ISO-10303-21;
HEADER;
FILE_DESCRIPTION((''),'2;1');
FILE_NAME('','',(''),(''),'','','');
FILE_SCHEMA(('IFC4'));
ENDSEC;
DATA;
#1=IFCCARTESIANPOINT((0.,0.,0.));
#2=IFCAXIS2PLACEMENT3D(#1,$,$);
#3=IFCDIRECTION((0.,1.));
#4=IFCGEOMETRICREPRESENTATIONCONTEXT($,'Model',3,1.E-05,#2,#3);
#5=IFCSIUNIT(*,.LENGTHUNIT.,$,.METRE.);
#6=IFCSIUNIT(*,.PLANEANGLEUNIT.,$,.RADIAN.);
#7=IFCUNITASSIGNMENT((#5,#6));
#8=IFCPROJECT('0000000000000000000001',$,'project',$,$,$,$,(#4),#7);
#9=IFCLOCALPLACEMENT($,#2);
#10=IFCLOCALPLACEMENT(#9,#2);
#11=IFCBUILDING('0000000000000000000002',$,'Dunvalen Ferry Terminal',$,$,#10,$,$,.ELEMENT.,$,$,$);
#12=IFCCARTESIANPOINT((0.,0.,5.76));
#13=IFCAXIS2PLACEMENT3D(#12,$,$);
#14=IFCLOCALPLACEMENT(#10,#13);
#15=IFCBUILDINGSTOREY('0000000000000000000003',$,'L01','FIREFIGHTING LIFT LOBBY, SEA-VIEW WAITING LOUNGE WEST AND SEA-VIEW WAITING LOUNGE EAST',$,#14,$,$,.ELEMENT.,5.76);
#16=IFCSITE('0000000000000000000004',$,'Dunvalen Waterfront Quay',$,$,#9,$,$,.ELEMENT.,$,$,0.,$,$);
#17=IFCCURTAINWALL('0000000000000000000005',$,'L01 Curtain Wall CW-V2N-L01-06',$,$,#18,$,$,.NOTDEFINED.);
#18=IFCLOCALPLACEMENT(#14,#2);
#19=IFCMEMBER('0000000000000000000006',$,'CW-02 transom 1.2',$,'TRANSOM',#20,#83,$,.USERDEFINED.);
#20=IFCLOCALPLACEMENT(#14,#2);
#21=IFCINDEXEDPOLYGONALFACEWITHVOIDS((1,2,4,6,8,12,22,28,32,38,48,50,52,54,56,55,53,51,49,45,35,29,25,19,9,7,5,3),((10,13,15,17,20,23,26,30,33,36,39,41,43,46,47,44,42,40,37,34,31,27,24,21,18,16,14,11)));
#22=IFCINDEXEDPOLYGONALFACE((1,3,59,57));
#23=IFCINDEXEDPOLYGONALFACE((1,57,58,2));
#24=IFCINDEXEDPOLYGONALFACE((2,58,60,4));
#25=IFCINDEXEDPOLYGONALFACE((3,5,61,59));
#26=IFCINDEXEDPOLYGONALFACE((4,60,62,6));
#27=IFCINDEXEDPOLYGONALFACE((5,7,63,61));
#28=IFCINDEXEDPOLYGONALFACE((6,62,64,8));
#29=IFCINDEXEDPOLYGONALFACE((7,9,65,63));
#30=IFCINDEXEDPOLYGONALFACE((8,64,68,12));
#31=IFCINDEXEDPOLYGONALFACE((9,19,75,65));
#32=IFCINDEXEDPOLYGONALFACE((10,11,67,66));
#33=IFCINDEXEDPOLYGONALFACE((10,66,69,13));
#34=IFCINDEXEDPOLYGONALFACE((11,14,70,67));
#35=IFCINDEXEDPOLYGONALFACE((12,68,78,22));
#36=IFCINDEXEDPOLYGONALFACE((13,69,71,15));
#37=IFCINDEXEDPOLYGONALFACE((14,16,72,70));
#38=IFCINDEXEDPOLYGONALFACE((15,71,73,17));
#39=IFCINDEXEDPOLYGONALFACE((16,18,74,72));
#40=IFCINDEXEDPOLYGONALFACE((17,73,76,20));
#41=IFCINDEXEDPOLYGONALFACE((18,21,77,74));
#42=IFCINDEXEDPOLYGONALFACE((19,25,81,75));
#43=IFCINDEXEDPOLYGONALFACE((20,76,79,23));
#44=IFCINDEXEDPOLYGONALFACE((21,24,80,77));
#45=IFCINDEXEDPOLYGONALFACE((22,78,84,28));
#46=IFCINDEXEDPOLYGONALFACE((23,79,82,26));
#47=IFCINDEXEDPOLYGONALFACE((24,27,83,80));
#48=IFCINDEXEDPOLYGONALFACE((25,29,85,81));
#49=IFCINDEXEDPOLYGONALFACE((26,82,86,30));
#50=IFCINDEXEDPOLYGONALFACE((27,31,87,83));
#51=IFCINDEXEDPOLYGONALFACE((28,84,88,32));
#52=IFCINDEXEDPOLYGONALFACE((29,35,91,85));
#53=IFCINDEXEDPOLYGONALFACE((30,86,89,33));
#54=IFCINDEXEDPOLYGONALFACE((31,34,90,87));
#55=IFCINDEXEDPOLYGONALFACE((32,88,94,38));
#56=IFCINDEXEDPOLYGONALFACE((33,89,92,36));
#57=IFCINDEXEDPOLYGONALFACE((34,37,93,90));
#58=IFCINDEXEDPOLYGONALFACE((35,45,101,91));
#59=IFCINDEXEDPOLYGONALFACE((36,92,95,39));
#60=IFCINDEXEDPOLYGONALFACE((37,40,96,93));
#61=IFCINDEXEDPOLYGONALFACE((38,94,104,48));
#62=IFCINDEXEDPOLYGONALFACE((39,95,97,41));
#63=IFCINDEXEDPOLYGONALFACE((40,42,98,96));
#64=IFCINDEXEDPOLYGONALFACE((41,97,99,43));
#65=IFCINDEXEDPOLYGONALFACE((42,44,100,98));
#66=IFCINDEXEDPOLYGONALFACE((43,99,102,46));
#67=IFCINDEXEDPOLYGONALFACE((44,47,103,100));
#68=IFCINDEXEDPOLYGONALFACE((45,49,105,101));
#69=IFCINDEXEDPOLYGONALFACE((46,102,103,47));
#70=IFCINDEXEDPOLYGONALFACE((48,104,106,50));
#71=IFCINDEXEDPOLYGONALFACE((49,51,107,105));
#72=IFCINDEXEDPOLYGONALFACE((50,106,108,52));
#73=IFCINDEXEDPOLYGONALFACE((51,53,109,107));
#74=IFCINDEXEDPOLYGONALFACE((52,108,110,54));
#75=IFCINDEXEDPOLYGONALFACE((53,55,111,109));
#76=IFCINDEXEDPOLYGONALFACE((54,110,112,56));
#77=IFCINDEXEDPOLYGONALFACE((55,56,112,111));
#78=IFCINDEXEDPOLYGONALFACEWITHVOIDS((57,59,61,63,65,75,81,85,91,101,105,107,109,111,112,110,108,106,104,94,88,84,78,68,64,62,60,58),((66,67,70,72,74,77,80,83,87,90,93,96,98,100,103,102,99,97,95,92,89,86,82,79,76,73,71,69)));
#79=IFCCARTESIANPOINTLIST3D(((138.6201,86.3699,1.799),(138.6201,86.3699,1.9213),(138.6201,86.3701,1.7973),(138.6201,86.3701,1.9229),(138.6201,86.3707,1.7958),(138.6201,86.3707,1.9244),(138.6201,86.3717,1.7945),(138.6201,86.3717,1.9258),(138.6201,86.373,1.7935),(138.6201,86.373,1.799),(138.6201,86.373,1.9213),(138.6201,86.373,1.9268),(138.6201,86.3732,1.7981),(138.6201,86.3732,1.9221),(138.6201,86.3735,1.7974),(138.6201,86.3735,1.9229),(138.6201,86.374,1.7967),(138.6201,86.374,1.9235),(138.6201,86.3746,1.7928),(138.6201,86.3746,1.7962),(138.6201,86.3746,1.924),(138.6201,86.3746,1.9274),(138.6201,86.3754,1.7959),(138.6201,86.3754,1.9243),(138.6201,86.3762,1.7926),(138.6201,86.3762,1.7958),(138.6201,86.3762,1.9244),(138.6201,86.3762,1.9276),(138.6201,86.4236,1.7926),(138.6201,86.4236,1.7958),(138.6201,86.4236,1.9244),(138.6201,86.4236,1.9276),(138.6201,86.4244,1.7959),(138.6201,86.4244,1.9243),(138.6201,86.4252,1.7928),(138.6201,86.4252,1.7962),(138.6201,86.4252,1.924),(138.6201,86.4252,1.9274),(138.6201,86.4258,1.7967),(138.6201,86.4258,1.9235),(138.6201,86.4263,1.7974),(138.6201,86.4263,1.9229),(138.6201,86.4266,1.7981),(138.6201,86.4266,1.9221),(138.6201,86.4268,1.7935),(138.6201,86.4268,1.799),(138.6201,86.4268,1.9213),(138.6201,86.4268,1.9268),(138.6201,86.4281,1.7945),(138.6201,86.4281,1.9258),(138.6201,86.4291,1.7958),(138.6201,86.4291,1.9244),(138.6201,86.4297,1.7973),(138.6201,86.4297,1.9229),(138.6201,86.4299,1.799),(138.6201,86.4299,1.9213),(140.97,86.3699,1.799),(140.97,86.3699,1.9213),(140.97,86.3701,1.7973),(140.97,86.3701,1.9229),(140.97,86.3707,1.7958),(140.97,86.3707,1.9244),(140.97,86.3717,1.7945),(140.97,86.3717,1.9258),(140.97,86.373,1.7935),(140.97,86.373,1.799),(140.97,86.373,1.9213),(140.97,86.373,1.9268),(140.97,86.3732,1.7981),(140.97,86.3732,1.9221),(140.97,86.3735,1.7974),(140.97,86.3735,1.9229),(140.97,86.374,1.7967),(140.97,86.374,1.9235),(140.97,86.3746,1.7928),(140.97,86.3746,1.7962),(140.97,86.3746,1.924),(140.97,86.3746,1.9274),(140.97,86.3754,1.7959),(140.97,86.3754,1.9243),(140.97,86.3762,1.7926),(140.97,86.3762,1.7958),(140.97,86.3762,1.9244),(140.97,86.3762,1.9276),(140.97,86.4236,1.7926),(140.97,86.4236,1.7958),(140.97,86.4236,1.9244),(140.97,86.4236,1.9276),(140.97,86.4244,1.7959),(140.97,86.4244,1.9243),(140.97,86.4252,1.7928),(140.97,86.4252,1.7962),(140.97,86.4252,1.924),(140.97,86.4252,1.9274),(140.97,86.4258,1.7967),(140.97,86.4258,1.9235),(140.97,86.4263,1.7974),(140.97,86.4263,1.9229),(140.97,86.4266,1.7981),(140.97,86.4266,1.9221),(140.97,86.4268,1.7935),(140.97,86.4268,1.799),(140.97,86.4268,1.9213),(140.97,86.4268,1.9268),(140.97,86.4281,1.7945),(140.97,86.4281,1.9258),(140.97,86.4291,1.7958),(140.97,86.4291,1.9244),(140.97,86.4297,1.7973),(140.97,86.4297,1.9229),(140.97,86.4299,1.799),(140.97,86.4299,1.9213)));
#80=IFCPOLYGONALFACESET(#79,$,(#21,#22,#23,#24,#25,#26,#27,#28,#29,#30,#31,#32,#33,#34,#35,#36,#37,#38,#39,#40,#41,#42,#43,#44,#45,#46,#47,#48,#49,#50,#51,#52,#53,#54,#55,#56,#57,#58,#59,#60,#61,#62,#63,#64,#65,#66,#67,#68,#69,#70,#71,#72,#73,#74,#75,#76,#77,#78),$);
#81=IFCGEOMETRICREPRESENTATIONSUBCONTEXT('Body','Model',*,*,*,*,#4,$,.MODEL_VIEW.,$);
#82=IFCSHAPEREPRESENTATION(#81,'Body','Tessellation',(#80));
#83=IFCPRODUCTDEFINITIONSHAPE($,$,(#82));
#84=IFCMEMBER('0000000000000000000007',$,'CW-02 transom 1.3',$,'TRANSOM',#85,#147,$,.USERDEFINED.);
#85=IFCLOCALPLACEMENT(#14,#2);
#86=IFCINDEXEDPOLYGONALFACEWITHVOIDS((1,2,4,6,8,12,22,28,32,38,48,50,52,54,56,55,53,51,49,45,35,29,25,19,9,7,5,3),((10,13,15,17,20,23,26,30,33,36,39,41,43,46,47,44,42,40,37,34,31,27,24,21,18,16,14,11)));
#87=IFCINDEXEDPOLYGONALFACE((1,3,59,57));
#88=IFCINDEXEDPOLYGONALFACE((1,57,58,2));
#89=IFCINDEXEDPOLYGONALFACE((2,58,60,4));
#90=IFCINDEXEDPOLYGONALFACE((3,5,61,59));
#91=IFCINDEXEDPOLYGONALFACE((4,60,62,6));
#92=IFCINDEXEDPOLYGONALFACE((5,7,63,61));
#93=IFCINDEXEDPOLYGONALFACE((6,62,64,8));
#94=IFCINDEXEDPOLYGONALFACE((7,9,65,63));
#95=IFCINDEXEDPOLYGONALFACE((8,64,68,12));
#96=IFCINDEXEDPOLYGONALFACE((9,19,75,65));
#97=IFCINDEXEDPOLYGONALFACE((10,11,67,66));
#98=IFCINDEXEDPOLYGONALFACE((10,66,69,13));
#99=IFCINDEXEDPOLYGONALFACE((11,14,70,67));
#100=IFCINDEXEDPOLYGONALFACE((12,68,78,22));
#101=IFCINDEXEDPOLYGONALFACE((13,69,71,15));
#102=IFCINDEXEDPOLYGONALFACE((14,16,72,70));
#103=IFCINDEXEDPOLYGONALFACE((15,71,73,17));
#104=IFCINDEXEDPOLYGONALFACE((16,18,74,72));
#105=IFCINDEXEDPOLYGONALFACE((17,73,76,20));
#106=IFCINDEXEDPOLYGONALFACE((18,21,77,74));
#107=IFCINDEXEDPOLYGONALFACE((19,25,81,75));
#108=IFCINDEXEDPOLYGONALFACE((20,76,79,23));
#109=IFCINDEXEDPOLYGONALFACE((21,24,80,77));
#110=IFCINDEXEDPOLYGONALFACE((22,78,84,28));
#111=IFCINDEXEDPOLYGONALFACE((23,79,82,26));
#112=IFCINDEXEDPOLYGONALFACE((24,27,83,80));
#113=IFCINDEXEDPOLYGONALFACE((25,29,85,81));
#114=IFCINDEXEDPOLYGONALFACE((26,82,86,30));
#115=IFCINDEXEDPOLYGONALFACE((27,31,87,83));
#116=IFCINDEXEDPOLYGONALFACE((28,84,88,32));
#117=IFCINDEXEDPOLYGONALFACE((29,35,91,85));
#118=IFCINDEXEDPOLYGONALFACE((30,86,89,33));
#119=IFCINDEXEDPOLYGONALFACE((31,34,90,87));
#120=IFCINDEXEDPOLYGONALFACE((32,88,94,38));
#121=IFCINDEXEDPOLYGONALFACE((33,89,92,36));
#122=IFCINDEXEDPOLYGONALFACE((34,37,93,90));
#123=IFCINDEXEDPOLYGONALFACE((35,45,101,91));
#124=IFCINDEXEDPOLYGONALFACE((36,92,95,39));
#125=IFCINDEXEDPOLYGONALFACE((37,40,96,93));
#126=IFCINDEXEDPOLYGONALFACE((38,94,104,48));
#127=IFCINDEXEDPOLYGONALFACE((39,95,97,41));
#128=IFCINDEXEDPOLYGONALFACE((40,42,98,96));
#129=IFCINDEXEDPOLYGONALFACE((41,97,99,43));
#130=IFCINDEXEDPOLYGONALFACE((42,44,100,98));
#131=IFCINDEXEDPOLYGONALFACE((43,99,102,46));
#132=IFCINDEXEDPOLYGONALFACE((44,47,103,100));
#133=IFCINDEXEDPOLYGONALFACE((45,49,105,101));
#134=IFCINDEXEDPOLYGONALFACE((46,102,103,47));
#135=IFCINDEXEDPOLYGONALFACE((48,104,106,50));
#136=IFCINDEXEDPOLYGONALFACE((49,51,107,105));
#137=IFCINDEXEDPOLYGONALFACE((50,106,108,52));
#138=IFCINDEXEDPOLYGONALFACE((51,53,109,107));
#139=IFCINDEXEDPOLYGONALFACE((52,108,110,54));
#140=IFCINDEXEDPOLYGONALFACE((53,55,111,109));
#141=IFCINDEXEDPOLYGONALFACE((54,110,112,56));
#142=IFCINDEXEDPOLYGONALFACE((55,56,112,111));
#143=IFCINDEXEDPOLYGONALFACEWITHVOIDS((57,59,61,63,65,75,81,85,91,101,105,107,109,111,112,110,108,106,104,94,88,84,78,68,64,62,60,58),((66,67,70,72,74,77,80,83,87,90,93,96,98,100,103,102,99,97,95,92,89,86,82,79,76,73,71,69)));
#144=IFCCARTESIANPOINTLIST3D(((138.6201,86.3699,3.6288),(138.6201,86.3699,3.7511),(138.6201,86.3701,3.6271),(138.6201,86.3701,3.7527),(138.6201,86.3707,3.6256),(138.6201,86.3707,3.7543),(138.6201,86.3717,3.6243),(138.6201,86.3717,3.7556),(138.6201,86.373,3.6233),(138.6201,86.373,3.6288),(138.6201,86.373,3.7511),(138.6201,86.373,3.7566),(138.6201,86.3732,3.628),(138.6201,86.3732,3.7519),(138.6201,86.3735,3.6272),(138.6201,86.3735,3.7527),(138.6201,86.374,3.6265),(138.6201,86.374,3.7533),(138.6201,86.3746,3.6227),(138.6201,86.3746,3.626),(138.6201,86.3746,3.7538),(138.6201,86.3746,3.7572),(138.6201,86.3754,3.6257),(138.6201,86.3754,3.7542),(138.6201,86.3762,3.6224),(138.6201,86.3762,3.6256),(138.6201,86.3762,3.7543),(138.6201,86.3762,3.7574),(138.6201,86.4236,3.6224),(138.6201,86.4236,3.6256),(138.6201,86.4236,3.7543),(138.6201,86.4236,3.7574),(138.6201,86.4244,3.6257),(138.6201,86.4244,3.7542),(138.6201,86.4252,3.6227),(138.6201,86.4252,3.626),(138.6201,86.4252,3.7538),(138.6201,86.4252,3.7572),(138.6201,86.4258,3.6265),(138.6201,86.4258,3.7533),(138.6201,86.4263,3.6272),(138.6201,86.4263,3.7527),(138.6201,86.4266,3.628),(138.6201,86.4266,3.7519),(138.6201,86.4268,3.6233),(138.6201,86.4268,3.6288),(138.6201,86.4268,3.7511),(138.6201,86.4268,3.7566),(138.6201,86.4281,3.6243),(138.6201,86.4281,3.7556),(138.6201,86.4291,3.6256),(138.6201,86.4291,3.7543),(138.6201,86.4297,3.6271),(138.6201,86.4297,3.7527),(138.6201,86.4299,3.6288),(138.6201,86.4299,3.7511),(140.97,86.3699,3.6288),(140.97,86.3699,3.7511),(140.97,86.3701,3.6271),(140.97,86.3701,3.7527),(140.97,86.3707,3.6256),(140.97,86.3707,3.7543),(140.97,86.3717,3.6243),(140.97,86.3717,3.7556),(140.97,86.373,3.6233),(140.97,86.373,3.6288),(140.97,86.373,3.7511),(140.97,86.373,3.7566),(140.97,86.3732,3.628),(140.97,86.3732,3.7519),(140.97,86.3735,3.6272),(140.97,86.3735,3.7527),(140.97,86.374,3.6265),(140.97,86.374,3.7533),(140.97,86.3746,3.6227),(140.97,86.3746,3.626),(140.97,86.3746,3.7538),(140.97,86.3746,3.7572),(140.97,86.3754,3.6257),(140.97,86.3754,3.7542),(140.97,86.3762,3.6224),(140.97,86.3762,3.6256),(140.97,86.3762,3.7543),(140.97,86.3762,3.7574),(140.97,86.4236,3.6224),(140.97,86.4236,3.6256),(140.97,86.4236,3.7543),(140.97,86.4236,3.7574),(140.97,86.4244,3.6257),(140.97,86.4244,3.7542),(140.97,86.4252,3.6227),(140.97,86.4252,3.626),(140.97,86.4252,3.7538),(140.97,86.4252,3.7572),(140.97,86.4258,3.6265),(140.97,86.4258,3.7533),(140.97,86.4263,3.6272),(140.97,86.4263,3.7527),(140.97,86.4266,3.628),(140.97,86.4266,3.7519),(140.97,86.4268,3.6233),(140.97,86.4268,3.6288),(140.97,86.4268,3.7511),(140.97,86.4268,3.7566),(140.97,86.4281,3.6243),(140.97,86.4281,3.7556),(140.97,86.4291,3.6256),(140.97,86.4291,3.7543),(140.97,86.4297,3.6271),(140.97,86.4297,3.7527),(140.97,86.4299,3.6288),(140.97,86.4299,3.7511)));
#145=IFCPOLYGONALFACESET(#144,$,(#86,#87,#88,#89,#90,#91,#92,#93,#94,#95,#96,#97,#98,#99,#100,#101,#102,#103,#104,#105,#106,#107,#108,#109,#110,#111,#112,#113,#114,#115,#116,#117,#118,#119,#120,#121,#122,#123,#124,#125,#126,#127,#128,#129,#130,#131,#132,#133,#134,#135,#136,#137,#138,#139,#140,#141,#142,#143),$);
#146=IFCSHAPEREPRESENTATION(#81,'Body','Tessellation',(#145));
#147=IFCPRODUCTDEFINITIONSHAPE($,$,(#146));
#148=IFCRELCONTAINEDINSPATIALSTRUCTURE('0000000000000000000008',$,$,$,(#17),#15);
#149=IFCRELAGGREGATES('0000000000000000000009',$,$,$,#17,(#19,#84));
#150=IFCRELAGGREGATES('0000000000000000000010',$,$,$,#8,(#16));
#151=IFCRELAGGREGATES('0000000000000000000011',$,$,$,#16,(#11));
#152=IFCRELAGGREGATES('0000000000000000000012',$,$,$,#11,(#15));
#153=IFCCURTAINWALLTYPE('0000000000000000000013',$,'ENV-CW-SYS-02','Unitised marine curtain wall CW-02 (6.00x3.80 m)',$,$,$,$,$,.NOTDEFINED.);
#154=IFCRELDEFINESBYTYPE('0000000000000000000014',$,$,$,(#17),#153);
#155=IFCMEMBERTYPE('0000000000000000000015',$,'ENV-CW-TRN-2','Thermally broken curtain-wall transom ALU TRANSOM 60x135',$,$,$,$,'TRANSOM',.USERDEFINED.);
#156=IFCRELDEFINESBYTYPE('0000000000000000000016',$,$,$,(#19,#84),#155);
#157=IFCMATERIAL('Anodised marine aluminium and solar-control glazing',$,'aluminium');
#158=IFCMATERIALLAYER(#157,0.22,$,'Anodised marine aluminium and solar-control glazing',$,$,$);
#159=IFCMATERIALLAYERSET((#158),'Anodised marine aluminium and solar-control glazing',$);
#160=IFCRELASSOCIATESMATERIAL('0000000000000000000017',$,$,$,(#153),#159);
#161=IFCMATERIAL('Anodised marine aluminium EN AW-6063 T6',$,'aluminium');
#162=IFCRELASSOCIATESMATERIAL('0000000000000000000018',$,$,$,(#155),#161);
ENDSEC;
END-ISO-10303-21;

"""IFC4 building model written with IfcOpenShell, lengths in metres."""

from ifc_helpers import new_model, si_unit, direction, frame, origin, origin_2d, place, context, subcontext, project, spatial, hollow_rectangle, extrude, material, layer, layer_set, material_profile, profile_set, type_object, element, aggregate, save


model = new_model("IFC4")

# Units and contexts
model_context = context("Model", 3, precision=1e-05, world=origin(), true_north=direction((0.0, 1.0)))
body_context = subcontext(model_context, "Body", "Model", "MODEL_VIEW")
ifc_project = project(units=[si_unit("LENGTHUNIT", "METRE"), si_unit("PLANEANGLEUNIT", "RADIAN")], contexts=[model_context])

# Site, building, storey
site_placement = place(None, origin())
site = spatial("IfcSite", under=ifc_project, at=site_placement, Name="Dunvalen Waterfront Quay", CompositionType="ELEMENT", RefElevation=0.0)
building_placement = place(site_placement, origin())
building = spatial("IfcBuilding", under=site, at=building_placement, Name="Dunvalen Ferry Terminal", CompositionType="ELEMENT")
storey_placement = place(building_placement, frame((0.0, 0.0, 5.76)))
storey = spatial("IfcBuildingStorey", under=building, at=storey_placement, Name="L01", Description="FIREFIGHTING LIFT LOBBY, SEA-VIEW WAITING LOUNGE WEST AND SEA-VIEW WAITING LOUNGE EAST", CompositionType="ELEMENT", Elevation=5.76)

# Curtain wall, members
ifc_material_1 = material(Name="Anodised marine aluminium and solar-control glazing", Category="aluminium")
ifc_layer_1 = layer(ifc_material_1, 0.22, Name="Anodised marine aluminium and solar-control glazing")
ifc_layer_set_1 = layer_set([ifc_layer_1], Name="Anodised marine aluminium and solar-control glazing")
curtain_wall_type = type_object("IfcCurtainWallType", Name="ENV-CW-SYS-02", Description="Unitised marine curtain wall CW-02 (6.00x3.80 m)", PredefinedType="NOTDEFINED", material=ifc_layer_set_1)
curtain_wall_placement = place(storey_placement, origin())
curtain_wall = element("IfcCurtainWall", 1, at=curtain_wall_placement, inside=storey, type_object=curtain_wall_type, Name="L01 Curtain Wall CW-V2N-L01-06", PredefinedType="NOTDEFINED")
ifc_material_2 = material(Name="Anodised marine aluminium EN AW-6063 T6", Category="aluminium")
ifc_material_profile_1 = material_profile(ifc_material_2, hollow_rectangle(XDim=0.0601, YDim=0.135, WallThickness=0.0032, InnerFilletRadius=0.0032, OuterFilletRadius=0.0063, at=origin_2d()), Name="Anodised marine aluminium EN AW-6063 T6")
ifc_profile_set_1 = profile_set([ifc_material_profile_1], Name="Anodised marine aluminium EN AW-6063 T6")
member_type_1 = type_object("IfcMemberType", Name="ENV-CW-TRN-2", Description="Thermally broken curtain-wall transom ALU TRANSOM 60x135", ElementType="TRANSOM", PredefinedType="USERDEFINED", material=ifc_profile_set_1)
member_1_placement = place(storey_placement, frame((138.6201, 86.3999, 1.8601), z_axis=(1.0, 0.0, 0.0), x_axis=(0.0, 1.0, 0.0)))
member_1 = element("IfcMember", 2, at=member_1_placement, type_object=member_type_1, Name="CW-02 transom 1.2", ObjectType="TRANSOM", PredefinedType="USERDEFINED", context=body_context, shape_type="SweptSolid", body=[
    extrude(hollow_rectangle(XDim=0.0601, YDim=0.135, WallThickness=0.0032, InnerFilletRadius=0.0032, OuterFilletRadius=0.0063, at=origin_2d()), origin(), (0.0, 0.0, 1.0), 2.3499),
])
member_2_placement = place(storey_placement, frame((138.6201, 86.3999, 3.6899), z_axis=(1.0, 0.0, 0.0), x_axis=(0.0, 1.0, 0.0)))
member_2 = element("IfcMember", 3, at=member_2_placement, type_object=member_type_1, Name="CW-02 transom 1.3", ObjectType="TRANSOM", PredefinedType="USERDEFINED", context=body_context, shape_type="SweptSolid", body=[
    extrude(hollow_rectangle(XDim=0.0601, YDim=0.135, WallThickness=0.0032, InnerFilletRadius=0.0032, OuterFilletRadius=0.0063, at=origin_2d()), origin(), (0.0, 0.0, 1.0), 2.3499),
])

aggregate(curtain_wall, [member_1, member_2])

save(model, "model.ifc")
